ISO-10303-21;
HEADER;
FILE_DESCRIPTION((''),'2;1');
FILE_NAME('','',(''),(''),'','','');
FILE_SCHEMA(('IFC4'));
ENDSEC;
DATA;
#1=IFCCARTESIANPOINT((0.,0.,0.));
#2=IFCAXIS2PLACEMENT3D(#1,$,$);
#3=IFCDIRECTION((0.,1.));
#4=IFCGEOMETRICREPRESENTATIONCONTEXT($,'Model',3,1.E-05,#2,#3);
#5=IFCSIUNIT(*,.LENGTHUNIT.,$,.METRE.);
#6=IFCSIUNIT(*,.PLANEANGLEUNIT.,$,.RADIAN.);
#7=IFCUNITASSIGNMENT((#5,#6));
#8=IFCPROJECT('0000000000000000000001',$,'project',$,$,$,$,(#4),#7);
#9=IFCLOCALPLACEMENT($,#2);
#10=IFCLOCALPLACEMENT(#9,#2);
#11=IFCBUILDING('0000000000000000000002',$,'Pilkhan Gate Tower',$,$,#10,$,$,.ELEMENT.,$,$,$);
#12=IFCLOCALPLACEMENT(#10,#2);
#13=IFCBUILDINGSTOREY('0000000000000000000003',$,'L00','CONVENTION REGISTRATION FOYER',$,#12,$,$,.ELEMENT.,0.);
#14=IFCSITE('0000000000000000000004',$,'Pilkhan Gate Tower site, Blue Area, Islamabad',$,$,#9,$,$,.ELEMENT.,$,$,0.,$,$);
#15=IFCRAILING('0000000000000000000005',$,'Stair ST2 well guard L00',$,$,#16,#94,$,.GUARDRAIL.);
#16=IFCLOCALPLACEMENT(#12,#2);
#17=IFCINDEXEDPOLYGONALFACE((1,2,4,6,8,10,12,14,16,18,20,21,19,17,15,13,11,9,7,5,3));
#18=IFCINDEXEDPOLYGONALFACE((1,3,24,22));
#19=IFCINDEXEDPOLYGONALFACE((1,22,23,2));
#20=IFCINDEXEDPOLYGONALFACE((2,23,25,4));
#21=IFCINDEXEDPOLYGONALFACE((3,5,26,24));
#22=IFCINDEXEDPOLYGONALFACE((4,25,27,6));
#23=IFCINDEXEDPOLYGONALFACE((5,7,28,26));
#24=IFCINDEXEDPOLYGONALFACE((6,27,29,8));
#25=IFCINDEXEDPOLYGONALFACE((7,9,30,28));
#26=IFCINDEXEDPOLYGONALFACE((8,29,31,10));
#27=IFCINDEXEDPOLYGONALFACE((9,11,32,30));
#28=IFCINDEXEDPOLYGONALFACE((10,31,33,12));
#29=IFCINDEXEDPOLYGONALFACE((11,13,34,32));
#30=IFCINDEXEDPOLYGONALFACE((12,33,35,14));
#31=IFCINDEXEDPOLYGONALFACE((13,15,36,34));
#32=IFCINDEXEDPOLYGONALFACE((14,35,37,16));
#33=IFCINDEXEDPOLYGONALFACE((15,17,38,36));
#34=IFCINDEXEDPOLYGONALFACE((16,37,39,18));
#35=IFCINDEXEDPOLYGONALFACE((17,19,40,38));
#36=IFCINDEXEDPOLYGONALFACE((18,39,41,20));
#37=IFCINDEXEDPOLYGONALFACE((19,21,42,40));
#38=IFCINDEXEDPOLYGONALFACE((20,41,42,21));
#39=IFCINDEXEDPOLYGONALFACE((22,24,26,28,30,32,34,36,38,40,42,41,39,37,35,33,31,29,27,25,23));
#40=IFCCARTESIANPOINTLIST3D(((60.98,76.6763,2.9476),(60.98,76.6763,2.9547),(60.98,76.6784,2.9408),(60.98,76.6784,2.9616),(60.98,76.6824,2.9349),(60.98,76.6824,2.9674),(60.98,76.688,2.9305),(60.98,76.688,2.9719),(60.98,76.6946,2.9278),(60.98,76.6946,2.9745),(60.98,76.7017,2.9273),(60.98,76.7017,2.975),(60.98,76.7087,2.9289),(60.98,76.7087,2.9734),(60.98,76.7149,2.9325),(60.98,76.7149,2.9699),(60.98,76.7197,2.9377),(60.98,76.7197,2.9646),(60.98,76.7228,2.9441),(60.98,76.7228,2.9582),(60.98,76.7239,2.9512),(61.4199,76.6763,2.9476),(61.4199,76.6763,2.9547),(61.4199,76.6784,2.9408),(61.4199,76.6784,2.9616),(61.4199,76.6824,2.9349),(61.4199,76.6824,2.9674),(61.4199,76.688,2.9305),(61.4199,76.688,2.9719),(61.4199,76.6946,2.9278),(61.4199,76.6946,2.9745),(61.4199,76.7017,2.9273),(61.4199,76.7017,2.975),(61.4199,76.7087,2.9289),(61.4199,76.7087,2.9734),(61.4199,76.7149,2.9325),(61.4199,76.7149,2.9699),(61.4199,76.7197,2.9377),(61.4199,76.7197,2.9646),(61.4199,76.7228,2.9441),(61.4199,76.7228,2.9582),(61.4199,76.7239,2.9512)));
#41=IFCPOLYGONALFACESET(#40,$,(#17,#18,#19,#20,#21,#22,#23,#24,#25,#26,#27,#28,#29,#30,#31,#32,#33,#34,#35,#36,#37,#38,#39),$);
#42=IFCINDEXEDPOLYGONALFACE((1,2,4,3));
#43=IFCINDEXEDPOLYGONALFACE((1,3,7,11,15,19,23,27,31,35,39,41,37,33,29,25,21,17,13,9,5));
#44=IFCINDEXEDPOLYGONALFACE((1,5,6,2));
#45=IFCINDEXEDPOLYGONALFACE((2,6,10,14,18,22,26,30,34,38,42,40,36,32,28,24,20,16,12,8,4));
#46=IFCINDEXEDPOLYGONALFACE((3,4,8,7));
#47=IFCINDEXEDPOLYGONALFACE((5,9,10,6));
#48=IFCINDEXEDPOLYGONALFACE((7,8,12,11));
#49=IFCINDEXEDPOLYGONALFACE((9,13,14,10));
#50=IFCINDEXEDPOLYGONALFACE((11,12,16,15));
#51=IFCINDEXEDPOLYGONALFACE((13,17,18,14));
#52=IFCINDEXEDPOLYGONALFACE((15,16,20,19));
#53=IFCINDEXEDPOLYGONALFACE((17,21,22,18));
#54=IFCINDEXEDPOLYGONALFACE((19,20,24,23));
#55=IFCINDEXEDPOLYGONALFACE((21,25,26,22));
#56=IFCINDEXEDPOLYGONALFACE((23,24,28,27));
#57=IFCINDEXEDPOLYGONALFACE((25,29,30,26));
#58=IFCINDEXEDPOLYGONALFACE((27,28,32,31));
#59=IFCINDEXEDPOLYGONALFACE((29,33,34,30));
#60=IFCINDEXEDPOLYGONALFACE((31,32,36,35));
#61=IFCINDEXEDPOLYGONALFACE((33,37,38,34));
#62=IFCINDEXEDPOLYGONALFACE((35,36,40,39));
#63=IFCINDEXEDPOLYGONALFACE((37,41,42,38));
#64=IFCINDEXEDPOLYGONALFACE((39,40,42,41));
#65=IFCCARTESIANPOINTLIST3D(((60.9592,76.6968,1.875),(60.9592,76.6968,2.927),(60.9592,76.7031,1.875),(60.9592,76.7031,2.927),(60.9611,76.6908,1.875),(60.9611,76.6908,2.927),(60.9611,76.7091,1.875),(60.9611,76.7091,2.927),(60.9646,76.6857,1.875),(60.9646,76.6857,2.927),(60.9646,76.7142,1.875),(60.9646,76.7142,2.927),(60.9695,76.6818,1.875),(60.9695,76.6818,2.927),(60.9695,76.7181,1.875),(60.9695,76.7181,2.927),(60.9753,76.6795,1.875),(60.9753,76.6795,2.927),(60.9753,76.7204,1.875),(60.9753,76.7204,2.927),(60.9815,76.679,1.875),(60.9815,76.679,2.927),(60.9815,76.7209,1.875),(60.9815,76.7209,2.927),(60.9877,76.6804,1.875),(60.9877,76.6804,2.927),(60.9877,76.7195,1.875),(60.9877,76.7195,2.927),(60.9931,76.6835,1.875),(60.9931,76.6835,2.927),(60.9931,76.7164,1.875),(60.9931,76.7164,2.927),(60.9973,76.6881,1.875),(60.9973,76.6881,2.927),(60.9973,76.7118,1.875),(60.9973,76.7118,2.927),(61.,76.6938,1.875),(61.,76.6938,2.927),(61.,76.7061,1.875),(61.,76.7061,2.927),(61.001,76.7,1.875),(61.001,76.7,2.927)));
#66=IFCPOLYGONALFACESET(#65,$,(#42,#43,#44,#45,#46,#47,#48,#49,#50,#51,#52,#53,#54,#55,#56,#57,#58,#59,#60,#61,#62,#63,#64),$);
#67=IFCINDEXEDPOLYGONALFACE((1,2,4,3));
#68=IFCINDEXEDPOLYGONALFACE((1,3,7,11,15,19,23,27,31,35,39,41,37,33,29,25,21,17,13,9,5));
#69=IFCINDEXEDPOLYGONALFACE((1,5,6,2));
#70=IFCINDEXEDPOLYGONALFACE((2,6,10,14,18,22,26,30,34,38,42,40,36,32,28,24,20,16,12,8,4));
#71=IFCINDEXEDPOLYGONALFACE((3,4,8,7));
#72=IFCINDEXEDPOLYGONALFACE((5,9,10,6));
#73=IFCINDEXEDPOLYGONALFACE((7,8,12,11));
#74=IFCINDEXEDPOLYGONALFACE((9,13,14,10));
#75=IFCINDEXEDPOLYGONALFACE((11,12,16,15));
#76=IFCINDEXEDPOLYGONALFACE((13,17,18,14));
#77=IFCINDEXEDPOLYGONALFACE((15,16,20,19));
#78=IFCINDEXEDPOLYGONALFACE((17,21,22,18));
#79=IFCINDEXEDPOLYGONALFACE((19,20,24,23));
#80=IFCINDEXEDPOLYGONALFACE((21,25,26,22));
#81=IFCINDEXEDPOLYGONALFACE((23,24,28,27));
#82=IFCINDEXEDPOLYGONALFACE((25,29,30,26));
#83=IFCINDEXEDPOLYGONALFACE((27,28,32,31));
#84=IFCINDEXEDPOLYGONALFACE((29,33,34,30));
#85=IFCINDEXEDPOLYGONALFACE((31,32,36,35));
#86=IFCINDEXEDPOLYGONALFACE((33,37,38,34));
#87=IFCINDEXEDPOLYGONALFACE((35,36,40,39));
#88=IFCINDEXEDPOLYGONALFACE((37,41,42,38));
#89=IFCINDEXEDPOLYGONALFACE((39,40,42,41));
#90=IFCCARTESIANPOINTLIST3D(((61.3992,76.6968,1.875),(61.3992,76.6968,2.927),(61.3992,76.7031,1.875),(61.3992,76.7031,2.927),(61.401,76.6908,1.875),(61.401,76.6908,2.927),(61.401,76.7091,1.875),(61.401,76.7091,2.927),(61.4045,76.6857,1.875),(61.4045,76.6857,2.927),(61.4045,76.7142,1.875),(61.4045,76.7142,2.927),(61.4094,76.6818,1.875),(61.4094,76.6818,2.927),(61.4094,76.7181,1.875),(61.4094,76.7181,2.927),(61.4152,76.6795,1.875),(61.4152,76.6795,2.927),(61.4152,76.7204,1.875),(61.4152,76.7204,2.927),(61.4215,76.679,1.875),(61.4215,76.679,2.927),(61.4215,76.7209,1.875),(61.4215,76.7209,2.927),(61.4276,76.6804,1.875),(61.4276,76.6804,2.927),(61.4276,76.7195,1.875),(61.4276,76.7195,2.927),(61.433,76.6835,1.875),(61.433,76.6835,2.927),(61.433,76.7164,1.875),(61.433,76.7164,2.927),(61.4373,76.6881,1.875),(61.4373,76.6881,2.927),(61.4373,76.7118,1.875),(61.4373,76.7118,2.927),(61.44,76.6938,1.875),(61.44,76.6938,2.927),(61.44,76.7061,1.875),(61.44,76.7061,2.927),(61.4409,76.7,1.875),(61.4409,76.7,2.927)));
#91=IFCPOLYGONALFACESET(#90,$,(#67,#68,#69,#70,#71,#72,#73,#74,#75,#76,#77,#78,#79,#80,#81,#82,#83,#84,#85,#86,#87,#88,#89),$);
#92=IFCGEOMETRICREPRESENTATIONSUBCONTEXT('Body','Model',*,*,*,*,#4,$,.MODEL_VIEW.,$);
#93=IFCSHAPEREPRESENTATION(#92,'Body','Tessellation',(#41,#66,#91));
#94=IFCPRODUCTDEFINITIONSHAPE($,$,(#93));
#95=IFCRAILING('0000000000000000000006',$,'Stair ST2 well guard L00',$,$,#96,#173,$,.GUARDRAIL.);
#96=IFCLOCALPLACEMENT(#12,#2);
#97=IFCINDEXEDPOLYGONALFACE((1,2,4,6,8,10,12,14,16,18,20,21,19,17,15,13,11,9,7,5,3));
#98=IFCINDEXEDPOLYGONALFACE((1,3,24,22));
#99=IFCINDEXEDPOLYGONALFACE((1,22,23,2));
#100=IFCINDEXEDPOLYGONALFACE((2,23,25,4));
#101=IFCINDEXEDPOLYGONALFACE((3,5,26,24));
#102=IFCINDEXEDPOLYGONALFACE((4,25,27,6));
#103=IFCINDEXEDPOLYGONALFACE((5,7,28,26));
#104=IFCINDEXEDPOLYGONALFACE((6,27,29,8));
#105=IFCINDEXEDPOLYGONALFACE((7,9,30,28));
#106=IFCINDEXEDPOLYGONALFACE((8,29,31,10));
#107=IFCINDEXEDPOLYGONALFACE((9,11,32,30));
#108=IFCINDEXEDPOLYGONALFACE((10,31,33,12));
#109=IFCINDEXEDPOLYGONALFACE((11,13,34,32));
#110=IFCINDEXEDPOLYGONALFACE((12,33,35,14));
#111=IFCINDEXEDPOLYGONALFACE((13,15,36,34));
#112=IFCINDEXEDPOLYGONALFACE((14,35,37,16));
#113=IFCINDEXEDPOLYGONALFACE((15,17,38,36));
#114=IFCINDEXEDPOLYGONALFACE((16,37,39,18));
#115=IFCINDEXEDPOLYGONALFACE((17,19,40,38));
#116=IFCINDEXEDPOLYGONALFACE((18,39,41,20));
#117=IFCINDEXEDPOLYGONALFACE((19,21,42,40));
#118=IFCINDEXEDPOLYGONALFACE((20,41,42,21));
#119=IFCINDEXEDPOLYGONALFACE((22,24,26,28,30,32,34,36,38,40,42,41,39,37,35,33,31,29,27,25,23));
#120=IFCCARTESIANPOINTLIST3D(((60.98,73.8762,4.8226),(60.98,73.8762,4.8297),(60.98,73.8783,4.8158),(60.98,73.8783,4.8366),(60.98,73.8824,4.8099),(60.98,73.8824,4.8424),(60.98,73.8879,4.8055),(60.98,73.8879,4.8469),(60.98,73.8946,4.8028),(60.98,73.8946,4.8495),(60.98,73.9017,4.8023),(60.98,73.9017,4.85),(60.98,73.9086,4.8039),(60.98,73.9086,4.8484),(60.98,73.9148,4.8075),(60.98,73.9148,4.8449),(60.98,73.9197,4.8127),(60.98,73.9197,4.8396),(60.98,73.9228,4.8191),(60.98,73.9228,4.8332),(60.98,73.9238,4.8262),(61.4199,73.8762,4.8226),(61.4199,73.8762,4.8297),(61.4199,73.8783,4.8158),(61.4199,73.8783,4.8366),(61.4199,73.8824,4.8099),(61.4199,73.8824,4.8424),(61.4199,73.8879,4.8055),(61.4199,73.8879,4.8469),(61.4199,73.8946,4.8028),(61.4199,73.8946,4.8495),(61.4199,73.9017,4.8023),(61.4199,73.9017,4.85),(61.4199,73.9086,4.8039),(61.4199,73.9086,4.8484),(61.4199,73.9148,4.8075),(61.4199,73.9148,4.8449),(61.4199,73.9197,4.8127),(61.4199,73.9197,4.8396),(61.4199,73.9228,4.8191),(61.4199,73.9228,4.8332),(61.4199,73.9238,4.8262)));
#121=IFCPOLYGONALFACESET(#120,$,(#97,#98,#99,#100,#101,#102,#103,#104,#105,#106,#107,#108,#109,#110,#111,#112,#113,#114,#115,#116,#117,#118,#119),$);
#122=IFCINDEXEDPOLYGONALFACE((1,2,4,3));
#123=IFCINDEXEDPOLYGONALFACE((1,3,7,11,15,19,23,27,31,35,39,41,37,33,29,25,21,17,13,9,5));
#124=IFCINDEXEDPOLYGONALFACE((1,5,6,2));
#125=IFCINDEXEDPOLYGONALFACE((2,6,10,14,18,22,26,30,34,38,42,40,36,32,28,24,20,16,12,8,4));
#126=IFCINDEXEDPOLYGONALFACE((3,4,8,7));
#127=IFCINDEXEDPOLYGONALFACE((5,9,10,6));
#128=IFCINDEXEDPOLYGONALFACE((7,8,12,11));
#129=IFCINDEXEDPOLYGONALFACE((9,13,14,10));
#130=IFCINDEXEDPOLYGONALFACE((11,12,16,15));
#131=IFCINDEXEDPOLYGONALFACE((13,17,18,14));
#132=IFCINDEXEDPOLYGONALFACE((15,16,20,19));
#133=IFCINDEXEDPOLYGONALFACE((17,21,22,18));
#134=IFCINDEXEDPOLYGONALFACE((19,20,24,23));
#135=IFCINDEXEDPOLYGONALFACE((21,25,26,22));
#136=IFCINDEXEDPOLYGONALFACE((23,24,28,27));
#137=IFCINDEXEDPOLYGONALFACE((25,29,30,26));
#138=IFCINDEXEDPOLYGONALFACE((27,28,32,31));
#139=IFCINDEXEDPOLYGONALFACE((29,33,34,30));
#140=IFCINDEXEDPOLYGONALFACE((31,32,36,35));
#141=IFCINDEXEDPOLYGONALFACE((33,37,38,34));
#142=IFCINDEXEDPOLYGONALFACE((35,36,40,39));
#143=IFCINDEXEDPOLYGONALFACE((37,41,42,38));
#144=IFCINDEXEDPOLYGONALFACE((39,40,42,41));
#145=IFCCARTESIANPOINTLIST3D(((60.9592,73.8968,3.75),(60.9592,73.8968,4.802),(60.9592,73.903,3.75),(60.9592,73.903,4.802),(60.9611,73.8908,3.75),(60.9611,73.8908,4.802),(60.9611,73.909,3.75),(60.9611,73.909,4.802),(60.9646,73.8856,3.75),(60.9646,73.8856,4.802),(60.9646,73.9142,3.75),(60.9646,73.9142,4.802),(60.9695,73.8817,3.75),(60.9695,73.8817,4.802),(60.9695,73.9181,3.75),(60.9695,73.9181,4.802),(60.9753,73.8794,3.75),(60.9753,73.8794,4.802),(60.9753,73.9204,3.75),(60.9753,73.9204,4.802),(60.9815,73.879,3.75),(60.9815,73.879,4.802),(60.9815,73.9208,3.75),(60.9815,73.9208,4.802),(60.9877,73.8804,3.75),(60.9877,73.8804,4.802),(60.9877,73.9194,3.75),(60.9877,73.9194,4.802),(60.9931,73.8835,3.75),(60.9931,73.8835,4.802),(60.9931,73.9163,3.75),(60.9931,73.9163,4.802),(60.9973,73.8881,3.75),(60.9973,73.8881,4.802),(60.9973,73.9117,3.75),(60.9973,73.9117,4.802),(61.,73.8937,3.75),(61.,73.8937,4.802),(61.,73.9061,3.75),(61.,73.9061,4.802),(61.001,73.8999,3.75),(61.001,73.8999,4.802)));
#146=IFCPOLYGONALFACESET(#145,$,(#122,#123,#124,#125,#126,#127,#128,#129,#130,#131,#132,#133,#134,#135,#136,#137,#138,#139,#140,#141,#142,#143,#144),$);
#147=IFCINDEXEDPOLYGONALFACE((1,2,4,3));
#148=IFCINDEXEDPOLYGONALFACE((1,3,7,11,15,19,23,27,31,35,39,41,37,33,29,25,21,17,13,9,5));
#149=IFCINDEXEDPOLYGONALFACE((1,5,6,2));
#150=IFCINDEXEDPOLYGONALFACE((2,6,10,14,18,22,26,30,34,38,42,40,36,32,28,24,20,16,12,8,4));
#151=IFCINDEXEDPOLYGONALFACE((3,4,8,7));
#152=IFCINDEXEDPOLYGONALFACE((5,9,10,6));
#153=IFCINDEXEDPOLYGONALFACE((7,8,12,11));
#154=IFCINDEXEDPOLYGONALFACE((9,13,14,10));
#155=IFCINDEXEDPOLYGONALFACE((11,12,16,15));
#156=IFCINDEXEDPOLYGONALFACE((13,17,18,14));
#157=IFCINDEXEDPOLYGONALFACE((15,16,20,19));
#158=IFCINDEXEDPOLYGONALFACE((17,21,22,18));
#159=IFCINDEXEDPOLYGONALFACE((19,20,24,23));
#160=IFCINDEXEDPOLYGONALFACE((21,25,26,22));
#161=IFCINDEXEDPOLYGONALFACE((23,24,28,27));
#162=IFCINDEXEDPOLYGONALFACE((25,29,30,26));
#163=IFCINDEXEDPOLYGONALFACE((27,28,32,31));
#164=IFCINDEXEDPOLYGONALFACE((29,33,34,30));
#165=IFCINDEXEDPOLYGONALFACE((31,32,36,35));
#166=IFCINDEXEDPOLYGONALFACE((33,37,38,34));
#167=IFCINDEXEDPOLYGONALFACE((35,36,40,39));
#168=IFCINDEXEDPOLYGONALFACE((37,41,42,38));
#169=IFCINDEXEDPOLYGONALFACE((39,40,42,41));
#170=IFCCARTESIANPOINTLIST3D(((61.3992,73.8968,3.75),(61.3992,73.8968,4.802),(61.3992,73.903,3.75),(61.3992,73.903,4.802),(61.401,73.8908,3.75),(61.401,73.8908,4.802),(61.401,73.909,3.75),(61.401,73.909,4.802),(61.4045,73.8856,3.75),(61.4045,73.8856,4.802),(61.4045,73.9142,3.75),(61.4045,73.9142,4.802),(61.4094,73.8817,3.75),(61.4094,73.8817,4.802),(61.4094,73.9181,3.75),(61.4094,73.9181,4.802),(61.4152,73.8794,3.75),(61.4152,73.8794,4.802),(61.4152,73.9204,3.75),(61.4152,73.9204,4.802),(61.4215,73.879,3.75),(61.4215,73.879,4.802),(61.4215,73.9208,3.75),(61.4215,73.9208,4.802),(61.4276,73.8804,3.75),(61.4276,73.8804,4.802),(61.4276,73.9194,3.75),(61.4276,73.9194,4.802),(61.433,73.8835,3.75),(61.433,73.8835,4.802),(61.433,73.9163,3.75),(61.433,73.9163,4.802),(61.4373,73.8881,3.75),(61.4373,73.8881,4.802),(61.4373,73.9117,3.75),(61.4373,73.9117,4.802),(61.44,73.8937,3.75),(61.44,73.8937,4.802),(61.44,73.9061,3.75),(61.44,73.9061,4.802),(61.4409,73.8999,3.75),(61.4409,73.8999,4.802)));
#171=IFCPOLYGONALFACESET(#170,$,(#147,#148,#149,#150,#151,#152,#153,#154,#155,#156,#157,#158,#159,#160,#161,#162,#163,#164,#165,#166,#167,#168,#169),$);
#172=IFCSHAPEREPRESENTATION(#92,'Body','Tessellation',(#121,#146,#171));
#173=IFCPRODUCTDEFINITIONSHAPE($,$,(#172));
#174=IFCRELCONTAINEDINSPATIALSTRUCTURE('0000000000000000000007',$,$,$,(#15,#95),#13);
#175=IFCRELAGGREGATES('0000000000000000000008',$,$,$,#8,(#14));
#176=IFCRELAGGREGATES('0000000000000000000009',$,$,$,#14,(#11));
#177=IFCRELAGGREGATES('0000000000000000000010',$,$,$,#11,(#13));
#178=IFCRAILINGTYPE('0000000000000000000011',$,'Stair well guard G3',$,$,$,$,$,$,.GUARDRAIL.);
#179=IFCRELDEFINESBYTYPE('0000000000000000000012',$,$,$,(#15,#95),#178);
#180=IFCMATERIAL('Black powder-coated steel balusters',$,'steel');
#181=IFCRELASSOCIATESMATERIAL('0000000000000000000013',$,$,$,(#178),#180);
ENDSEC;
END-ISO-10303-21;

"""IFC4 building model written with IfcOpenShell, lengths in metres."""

from ifc_helpers import new_model, si_unit, direction, frame, origin, origin_2d, place, context, subcontext, project, spatial, circle, extrude, material, type_object, element, save


model = new_model("IFC4")

# Units and contexts
model_context = context("Model", 3, precision=1e-05, world=origin(), true_north=direction((0.0, 1.0)))
body_context = subcontext(model_context, "Body", "Model", "MODEL_VIEW")
ifc_project = project(units=[si_unit("LENGTHUNIT", "METRE"), si_unit("PLANEANGLEUNIT", "RADIAN")], contexts=[model_context])

# Site, building, storey
site_placement = place(None, origin())
site = spatial("IfcSite", under=ifc_project, at=site_placement, Name="Pilkhan Gate Tower site, Blue Area, Islamabad", CompositionType="ELEMENT", RefElevation=0.0)
building_placement = place(site_placement, origin())
building = spatial("IfcBuilding", under=site, at=building_placement, Name="Pilkhan Gate Tower", CompositionType="ELEMENT")
storey_placement = place(building_placement, origin())
storey = spatial("IfcBuildingStorey", under=building, at=storey_placement, Name="L00", Description="CONVENTION REGISTRATION FOYER", CompositionType="ELEMENT", Elevation=0.0)

# Railings
ifc_material_1 = material(Name="Black powder-coated steel balusters", Category="steel")
railing_type = type_object("IfcRailingType", Name="Stair well guard G3", PredefinedType="GUARDRAIL", material=ifc_material_1)
for number, where, name in (
    (1, (60.98, 76.7, 1.875), "Stair ST2 well guard L00"),
    (2, (60.98, 73.8999, 3.75), "Stair ST2 well guard L00"),
):
    element("IfcRailing", number, at=place(storey_placement, frame(where)), inside=storey, type_object=railing_type, Name=name, PredefinedType="GUARDRAIL", context=body_context, shape_type="SweptSolid", body=[
        extrude(circle(Radius=0.0239, at=origin_2d()), frame((0.0, 0.0, 1.0762), z_axis=(1.0, 0.0, 0.0), x_axis=(0.0, 1.0, 0.0)), (0.0, 0.0, 1.0), 0.4399),
        extrude(circle(Radius=0.021, at=origin_2d()), origin(), (0.0, 0.0, 1.0), 1.052),
        extrude(circle(Radius=0.021, at=origin_2d()), frame((0.4399, 0.0, 0.0)), (0.0, 0.0, 1.0), 1.052),
    ])

save(model, "model.ifc")
